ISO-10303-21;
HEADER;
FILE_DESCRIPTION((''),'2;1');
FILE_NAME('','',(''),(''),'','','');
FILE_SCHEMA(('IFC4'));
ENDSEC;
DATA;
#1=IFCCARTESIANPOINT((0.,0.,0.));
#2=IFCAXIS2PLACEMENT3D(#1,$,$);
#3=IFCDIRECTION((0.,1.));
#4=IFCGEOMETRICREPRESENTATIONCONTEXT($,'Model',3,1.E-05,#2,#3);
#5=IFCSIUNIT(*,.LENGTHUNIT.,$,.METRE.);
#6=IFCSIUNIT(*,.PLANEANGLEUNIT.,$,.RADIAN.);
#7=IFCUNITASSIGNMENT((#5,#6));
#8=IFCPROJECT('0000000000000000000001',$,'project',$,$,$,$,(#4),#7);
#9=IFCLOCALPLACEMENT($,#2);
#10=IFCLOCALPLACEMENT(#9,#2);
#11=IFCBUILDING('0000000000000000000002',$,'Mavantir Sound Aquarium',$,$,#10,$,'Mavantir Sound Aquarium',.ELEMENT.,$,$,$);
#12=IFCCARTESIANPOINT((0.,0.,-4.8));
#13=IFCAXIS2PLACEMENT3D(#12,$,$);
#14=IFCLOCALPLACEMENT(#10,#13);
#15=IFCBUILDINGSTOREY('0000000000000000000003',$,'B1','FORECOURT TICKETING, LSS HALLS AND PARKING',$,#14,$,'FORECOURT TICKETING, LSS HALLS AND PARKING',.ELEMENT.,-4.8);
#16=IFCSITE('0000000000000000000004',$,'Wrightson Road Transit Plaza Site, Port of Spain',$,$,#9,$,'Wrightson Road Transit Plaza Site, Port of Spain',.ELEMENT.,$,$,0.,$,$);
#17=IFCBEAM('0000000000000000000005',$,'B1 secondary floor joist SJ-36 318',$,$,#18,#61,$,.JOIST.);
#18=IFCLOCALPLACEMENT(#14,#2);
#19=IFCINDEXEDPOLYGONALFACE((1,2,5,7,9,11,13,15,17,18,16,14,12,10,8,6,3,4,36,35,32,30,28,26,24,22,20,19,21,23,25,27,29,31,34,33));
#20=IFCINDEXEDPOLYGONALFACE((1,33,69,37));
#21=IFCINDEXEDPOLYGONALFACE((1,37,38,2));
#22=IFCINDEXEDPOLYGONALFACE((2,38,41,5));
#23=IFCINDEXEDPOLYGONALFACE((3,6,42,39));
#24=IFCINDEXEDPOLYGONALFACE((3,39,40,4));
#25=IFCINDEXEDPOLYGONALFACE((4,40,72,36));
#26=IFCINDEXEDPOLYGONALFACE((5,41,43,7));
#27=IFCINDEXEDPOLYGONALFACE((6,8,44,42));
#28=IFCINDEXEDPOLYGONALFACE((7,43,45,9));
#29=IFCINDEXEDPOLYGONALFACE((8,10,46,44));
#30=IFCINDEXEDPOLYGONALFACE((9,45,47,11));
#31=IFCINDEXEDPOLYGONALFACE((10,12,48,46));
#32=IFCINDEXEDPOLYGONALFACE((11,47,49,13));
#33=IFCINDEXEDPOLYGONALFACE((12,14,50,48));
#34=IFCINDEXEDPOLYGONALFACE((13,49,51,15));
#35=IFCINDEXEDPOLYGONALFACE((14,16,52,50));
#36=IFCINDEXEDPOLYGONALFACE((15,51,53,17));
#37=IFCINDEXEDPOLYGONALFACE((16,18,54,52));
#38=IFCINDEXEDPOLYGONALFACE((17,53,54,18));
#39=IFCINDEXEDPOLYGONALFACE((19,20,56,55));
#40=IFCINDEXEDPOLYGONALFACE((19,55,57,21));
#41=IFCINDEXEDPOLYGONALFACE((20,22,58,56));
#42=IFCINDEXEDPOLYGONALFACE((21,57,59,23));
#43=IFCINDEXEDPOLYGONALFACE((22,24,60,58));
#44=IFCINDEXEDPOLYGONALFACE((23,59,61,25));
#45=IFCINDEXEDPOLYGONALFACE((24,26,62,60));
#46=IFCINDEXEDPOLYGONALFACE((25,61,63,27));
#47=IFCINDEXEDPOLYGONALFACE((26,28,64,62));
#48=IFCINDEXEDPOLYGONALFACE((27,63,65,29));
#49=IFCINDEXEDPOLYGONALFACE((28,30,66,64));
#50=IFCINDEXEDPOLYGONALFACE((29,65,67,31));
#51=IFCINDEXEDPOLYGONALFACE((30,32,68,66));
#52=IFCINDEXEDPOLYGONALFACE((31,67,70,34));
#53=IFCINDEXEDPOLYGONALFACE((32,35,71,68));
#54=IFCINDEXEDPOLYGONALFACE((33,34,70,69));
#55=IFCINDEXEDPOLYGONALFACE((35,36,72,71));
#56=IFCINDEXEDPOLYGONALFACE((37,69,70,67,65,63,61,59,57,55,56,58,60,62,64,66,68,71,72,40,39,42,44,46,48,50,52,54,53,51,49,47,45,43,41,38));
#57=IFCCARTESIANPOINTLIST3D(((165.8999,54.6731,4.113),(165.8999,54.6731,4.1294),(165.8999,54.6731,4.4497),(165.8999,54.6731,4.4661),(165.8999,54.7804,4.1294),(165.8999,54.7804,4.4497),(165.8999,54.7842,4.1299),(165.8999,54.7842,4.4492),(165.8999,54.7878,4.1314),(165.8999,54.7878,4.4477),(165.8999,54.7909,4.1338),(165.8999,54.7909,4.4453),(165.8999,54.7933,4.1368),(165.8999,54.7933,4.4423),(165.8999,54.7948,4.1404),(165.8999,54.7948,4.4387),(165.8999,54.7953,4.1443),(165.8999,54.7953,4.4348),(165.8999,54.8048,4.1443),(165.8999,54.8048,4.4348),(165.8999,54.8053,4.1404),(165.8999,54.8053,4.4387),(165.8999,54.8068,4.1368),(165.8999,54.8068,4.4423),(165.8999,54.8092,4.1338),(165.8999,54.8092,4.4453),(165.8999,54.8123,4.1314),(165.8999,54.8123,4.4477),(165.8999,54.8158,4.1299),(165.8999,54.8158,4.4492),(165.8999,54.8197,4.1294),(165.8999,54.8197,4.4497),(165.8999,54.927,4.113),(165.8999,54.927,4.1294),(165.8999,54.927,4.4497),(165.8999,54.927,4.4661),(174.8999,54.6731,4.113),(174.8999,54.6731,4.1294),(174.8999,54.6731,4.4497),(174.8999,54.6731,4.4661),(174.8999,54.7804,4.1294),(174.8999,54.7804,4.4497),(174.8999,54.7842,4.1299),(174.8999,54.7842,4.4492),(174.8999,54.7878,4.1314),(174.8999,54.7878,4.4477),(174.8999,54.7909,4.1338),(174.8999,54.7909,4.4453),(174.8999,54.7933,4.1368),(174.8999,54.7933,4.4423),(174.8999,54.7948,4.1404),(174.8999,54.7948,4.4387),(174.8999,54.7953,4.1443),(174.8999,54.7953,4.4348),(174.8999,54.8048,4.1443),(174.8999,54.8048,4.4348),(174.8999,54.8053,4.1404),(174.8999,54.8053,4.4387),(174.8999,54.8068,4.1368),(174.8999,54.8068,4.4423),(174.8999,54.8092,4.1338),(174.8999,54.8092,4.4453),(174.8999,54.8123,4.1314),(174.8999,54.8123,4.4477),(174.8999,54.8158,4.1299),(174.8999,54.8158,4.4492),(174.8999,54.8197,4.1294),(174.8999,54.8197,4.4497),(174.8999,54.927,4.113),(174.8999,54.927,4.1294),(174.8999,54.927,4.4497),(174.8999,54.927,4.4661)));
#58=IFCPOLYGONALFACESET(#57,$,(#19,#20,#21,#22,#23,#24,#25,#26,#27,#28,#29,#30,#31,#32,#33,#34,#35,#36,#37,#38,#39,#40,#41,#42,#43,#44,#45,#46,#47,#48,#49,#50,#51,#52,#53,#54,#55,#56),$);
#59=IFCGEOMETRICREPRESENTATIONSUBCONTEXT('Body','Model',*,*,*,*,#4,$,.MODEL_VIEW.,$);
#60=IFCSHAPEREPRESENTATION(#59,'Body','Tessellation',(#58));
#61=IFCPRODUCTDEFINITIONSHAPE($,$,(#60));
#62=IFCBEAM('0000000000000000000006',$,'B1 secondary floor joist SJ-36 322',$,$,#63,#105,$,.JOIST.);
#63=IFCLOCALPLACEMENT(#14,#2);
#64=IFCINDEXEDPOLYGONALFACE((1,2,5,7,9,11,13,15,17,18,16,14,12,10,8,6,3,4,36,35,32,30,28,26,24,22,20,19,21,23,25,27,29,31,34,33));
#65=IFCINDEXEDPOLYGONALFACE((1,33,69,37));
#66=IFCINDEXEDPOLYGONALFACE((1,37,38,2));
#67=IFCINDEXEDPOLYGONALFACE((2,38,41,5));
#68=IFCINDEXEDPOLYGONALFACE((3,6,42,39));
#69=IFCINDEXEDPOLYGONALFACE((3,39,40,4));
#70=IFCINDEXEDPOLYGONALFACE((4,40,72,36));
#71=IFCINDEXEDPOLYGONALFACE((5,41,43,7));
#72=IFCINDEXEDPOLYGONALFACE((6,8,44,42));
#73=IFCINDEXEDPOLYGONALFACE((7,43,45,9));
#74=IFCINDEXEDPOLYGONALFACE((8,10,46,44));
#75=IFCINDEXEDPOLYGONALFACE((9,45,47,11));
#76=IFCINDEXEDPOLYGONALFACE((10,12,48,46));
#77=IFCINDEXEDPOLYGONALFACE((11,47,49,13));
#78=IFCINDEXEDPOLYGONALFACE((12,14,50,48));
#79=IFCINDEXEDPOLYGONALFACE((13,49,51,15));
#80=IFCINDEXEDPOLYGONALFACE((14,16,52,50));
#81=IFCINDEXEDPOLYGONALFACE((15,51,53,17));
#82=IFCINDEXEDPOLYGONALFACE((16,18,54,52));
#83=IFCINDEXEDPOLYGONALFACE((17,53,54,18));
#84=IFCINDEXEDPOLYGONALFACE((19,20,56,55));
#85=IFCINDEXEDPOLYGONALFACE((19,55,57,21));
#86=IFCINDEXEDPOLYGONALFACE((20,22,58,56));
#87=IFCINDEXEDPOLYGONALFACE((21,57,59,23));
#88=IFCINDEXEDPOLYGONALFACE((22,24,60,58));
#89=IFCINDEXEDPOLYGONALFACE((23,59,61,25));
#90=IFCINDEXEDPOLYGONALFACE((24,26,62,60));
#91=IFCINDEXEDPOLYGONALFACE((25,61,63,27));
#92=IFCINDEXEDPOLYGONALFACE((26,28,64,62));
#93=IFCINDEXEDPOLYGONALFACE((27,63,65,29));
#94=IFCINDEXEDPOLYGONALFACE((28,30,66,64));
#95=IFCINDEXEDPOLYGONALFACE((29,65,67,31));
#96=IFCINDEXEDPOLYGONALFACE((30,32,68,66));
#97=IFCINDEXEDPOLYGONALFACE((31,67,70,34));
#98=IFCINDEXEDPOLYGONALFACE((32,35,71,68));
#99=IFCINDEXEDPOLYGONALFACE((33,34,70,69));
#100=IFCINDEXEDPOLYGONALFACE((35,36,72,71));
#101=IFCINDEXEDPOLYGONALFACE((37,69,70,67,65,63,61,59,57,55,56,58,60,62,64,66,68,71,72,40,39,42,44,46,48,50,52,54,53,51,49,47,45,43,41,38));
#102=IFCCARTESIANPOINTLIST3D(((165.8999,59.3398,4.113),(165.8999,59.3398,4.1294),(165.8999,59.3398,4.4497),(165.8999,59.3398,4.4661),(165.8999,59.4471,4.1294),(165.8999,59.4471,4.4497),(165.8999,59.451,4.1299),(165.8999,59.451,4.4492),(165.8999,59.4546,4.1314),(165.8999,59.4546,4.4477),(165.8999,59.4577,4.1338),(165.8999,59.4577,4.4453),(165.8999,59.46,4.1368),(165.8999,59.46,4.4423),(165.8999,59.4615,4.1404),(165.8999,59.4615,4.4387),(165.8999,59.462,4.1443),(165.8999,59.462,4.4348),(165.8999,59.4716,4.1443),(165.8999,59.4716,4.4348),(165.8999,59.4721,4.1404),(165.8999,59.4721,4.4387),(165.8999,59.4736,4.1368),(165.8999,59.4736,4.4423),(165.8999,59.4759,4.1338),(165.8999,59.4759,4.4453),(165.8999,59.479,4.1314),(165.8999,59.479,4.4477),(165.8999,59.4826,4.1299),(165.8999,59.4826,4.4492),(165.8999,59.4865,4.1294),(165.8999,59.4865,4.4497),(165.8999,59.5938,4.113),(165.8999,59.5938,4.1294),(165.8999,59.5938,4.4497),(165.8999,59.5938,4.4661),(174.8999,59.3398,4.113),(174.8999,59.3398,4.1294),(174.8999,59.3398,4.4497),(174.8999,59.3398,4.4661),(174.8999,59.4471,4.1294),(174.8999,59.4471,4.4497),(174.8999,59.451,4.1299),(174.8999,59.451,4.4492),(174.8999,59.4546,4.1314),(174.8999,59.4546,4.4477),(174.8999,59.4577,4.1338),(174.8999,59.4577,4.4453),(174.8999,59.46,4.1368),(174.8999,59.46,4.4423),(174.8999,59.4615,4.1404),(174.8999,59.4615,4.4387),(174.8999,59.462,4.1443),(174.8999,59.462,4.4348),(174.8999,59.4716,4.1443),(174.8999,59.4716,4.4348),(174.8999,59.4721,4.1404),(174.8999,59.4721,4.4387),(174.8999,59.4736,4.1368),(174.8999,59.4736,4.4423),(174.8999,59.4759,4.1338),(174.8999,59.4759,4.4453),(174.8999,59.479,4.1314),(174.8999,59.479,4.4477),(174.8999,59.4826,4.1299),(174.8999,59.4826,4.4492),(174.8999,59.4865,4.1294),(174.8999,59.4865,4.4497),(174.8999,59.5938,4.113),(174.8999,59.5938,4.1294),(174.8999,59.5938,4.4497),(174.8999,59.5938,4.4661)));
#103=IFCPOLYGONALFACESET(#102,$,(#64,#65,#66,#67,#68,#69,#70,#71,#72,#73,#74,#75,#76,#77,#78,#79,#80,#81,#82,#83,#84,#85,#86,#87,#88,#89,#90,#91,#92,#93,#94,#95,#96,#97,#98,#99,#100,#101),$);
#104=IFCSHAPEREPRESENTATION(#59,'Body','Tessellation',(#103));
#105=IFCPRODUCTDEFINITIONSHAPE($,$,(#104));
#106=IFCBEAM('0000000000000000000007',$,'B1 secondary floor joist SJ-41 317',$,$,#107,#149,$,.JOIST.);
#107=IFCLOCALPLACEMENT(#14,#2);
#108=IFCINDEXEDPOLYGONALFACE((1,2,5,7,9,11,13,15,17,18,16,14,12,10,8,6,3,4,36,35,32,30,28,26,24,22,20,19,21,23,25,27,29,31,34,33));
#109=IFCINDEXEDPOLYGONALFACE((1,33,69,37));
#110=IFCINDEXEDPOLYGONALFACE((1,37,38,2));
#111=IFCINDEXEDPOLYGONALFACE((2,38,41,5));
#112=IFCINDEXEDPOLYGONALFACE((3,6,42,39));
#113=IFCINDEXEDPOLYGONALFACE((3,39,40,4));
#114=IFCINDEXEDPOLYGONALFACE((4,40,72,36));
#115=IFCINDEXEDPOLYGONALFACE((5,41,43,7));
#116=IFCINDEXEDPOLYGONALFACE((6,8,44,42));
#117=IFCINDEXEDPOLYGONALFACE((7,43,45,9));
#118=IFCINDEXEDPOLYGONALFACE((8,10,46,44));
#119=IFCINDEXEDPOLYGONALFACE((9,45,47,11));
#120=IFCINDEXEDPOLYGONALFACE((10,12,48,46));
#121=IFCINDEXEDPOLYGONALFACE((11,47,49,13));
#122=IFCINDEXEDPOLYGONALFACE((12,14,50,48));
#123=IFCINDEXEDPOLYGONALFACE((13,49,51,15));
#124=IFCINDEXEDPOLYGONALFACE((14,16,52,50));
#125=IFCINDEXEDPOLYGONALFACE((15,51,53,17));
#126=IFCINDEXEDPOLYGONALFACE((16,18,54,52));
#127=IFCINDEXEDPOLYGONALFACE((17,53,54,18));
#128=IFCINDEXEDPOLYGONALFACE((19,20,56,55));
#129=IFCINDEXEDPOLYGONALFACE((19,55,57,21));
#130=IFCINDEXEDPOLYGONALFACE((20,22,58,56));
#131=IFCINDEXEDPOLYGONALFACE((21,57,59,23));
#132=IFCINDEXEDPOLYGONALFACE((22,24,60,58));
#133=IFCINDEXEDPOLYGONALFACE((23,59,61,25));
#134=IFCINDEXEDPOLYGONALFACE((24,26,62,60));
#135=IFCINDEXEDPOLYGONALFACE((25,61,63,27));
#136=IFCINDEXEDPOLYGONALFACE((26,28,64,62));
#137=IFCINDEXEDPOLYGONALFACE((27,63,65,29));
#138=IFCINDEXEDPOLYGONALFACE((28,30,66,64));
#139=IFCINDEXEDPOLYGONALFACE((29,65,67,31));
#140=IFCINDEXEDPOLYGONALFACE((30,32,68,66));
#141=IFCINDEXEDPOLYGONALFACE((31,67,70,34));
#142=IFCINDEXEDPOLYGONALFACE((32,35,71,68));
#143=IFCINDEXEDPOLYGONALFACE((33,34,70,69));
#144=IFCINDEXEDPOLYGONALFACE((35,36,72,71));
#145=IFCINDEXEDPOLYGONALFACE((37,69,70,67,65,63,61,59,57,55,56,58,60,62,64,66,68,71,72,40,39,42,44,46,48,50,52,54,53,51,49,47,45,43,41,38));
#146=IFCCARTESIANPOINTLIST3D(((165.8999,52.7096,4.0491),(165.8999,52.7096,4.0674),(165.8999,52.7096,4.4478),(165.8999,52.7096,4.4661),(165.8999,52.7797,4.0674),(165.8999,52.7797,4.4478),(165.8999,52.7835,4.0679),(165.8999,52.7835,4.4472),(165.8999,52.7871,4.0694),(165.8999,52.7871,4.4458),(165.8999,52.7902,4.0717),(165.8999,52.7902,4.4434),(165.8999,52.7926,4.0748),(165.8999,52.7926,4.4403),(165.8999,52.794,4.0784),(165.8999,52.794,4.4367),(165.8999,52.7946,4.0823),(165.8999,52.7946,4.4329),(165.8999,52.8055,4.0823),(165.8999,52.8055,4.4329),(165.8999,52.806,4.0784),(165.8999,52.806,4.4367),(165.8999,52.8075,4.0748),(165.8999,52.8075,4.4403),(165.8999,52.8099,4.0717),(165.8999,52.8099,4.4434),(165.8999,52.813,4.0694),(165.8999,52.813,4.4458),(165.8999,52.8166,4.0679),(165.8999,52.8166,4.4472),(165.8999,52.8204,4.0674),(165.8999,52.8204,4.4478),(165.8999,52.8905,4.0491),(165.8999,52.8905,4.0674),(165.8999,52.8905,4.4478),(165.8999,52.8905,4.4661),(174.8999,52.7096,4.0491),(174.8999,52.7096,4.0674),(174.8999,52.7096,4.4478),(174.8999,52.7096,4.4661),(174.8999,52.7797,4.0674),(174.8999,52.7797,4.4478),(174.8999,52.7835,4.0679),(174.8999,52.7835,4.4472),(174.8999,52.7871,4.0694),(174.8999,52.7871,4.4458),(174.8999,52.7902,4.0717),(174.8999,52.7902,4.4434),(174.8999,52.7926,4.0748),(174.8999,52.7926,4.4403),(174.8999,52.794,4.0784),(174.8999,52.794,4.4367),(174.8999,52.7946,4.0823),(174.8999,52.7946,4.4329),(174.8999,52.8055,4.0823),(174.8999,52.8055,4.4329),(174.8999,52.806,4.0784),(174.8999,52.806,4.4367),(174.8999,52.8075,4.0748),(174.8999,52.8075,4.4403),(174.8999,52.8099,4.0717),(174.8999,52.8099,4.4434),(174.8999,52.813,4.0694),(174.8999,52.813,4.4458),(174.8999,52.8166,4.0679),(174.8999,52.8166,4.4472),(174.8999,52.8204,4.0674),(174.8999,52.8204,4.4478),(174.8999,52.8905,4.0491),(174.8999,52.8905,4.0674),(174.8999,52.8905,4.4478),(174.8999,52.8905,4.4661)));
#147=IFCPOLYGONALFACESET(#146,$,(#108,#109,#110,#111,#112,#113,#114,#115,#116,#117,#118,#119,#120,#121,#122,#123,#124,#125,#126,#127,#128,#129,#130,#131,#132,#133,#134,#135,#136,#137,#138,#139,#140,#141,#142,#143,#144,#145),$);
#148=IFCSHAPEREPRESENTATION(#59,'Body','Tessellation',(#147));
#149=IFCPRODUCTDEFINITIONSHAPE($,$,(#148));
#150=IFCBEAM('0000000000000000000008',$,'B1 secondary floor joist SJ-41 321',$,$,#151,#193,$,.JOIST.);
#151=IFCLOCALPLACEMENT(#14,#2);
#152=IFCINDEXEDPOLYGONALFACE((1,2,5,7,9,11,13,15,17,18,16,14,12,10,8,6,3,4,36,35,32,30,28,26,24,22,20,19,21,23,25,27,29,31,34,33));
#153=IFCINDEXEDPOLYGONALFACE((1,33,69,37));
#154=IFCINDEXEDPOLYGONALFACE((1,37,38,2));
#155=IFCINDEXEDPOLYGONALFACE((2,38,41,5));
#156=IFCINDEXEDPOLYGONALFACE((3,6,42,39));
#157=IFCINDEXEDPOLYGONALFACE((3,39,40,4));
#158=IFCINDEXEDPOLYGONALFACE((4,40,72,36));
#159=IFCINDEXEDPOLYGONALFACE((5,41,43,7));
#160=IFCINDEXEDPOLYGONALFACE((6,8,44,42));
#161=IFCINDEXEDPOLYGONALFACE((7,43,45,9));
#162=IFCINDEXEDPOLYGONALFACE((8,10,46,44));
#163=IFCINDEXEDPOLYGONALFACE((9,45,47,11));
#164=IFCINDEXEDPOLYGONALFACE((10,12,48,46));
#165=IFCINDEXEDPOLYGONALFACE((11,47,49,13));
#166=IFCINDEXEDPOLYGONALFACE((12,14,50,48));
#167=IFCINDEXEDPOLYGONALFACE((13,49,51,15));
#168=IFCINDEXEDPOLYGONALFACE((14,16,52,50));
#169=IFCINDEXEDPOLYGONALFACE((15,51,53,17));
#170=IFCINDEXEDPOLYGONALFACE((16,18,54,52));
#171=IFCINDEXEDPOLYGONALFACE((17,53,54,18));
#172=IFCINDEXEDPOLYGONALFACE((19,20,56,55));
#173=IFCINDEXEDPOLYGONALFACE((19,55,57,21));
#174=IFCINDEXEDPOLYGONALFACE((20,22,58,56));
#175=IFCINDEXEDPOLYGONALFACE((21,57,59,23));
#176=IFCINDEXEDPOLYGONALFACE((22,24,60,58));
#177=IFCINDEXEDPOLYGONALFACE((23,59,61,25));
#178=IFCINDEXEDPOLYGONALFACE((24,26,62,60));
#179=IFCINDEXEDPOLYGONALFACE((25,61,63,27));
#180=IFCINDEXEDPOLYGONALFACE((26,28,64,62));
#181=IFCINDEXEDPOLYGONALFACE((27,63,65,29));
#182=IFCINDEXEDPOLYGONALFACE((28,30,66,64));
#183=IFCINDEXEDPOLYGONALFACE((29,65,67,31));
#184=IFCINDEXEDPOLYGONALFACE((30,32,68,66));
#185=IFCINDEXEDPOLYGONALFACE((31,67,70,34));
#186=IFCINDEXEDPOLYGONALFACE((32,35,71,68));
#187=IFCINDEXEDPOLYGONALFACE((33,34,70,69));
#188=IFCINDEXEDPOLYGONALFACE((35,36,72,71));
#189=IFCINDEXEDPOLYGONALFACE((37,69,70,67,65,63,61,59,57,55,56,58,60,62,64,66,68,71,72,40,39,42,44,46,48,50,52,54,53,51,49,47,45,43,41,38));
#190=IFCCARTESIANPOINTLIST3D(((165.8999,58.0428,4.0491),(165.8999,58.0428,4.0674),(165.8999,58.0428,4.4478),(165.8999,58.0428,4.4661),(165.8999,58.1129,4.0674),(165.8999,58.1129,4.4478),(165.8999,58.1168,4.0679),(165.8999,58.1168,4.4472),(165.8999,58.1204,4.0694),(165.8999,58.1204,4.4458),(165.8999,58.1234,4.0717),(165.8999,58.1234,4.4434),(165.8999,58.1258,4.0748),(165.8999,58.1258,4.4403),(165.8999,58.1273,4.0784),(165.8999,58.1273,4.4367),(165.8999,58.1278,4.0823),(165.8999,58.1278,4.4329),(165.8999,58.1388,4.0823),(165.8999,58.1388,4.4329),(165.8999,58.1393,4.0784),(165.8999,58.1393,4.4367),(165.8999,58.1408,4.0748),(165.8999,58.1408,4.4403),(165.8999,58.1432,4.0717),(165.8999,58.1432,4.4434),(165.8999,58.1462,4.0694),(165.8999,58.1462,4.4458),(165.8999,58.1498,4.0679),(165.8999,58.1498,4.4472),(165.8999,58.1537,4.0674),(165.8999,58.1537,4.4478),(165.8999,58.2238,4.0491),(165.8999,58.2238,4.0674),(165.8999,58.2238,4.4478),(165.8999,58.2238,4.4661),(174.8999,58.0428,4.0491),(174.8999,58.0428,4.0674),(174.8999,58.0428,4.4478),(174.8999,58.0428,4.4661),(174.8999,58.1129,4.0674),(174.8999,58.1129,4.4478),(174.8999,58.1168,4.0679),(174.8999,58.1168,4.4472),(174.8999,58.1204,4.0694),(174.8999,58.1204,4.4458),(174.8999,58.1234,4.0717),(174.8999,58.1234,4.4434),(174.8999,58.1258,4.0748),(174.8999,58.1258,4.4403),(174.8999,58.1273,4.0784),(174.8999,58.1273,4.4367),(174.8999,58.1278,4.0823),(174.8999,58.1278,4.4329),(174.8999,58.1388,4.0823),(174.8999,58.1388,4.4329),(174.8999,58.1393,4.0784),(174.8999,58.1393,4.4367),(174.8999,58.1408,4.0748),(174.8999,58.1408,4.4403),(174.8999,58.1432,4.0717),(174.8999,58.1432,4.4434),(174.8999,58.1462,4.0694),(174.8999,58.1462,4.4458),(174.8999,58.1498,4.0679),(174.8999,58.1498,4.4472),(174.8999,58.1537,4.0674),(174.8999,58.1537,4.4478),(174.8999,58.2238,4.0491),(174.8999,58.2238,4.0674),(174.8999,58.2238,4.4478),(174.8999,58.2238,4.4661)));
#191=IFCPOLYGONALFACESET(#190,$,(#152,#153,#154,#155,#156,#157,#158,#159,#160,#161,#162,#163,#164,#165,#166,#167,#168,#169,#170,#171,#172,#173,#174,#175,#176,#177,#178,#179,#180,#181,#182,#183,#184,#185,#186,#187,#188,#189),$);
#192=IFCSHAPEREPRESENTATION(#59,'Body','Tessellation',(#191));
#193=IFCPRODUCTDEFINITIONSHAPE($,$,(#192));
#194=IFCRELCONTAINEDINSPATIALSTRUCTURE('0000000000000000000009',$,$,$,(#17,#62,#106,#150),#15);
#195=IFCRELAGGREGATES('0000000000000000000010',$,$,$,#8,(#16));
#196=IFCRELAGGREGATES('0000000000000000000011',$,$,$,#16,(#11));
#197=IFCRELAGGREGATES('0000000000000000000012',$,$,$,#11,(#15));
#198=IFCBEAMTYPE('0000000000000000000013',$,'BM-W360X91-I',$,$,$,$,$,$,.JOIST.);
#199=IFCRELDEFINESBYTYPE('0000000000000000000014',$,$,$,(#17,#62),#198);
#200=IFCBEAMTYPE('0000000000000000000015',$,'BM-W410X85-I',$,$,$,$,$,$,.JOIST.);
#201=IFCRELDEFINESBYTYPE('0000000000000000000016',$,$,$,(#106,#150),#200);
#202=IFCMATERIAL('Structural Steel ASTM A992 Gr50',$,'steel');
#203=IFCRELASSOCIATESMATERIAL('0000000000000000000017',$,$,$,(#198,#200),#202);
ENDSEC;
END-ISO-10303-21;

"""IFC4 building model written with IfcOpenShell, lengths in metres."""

from ifc_helpers import new_model, si_unit, direction, frame, origin, origin_2d, place, context, subcontext, project, spatial, i_section, extrude, material, material_profile, profile_set, type_object, element, save


model = new_model("IFC4")

# Units and contexts
model_context = context("Model", 3, precision=1e-05, world=origin(), true_north=direction((0.0, 1.0)))
body_context = subcontext(model_context, "Body", "Model", "MODEL_VIEW")
ifc_project = project(units=[si_unit("LENGTHUNIT", "METRE"), si_unit("PLANEANGLEUNIT", "RADIAN")], contexts=[model_context])

# Site, building, storey
site_placement = place(None, origin())
site = spatial("IfcSite", under=ifc_project, at=site_placement, Name="Wrightson Road Transit Plaza Site, Port of Spain", LongName="Wrightson Road Transit Plaza Site, Port of Spain", CompositionType="ELEMENT", RefElevation=0.0)
building_placement = place(site_placement, origin())
building = spatial("IfcBuilding", under=site, at=building_placement, Name="Mavantir Sound Aquarium", LongName="Mavantir Sound Aquarium", CompositionType="ELEMENT")
storey_placement = place(building_placement, frame((0.0, 0.0, -4.8)))
storey = spatial("IfcBuildingStorey", under=building, at=storey_placement, Name="B1", Description="FORECOURT TICKETING, LSS HALLS AND PARKING", LongName="FORECOURT TICKETING, LSS HALLS AND PARKING", CompositionType="ELEMENT", Elevation=-4.8)

# Beams
ifc_material_1 = material(Name="Structural Steel ASTM A992 Gr50", Category="steel")
ifc_material_profile_1 = material_profile(ifc_material_1, i_section(OverallWidth=0.2539, OverallDepth=0.353, WebThickness=0.0095, FlangeThickness=0.0164, FilletRadius=0.0149, at=origin_2d()), Name="W360X91")
ifc_profile_set_1 = profile_set([ifc_material_profile_1], Name="Structural Steel ASTM A992 Gr50")
beam_type_1 = type_object("IfcBeamType", Name="BM-W360X91-I", PredefinedType="JOIST", material=ifc_profile_set_1)
for number, where, z_axis, x_axis, name in (
    (1, (165.8999, 54.8, 4.2896), (1.0, 0.0, 0.0), (0.0, 1.0, 0.0), "B1 secondary floor joist SJ-36 318"),
    (2, (165.8999, 59.4668, 4.2896), (1.0, 0.0, 0.0), (0.0, 1.0, 0.0), "B1 secondary floor joist SJ-36 322"),
):
    element("IfcBeam", number, at=place(storey_placement, frame(where, z_axis=z_axis, x_axis=x_axis)), inside=storey, type_object=beam_type_1, Name=name, PredefinedType="JOIST", context=body_context, shape_type="SweptSolid", body=[
        extrude(i_section(OverallWidth=0.2539, OverallDepth=0.353, WebThickness=0.0095, FlangeThickness=0.0164, FilletRadius=0.0149, at=origin_2d()), origin(), (0.0, 0.0, 1.0), 9.0),
    ])
ifc_material_profile_2 = material_profile(ifc_material_1, i_section(OverallWidth=0.1809, OverallDepth=0.417, WebThickness=0.011, FlangeThickness=0.0183, FilletRadius=0.0149, at=origin_2d()), Name="W410X85")
ifc_profile_set_2 = profile_set([ifc_material_profile_2], Name="Structural Steel ASTM A992 Gr50")
beam_type_2 = type_object("IfcBeamType", Name="BM-W410X85-I", PredefinedType="JOIST", material=ifc_profile_set_2)
for number, where, z_axis, x_axis, name in (
    (3, (165.8999, 52.8, 4.2576), (1.0, 0.0, 0.0), (0.0, 1.0, 0.0), "B1 secondary floor joist SJ-41 317"),
    (4, (165.8999, 58.1333, 4.2576), (1.0, 0.0, 0.0), (0.0, 1.0, 0.0), "B1 secondary floor joist SJ-41 321"),
):
    element("IfcBeam", number, at=place(storey_placement, frame(where, z_axis=z_axis, x_axis=x_axis)), inside=storey, type_object=beam_type_2, Name=name, PredefinedType="JOIST", context=body_context, shape_type="SweptSolid", body=[
        extrude(i_section(OverallWidth=0.1809, OverallDepth=0.417, WebThickness=0.011, FlangeThickness=0.0183, FilletRadius=0.0149, at=origin_2d()), origin(), (0.0, 0.0, 1.0), 9.0),
    ])

save(model, "model.ifc")
